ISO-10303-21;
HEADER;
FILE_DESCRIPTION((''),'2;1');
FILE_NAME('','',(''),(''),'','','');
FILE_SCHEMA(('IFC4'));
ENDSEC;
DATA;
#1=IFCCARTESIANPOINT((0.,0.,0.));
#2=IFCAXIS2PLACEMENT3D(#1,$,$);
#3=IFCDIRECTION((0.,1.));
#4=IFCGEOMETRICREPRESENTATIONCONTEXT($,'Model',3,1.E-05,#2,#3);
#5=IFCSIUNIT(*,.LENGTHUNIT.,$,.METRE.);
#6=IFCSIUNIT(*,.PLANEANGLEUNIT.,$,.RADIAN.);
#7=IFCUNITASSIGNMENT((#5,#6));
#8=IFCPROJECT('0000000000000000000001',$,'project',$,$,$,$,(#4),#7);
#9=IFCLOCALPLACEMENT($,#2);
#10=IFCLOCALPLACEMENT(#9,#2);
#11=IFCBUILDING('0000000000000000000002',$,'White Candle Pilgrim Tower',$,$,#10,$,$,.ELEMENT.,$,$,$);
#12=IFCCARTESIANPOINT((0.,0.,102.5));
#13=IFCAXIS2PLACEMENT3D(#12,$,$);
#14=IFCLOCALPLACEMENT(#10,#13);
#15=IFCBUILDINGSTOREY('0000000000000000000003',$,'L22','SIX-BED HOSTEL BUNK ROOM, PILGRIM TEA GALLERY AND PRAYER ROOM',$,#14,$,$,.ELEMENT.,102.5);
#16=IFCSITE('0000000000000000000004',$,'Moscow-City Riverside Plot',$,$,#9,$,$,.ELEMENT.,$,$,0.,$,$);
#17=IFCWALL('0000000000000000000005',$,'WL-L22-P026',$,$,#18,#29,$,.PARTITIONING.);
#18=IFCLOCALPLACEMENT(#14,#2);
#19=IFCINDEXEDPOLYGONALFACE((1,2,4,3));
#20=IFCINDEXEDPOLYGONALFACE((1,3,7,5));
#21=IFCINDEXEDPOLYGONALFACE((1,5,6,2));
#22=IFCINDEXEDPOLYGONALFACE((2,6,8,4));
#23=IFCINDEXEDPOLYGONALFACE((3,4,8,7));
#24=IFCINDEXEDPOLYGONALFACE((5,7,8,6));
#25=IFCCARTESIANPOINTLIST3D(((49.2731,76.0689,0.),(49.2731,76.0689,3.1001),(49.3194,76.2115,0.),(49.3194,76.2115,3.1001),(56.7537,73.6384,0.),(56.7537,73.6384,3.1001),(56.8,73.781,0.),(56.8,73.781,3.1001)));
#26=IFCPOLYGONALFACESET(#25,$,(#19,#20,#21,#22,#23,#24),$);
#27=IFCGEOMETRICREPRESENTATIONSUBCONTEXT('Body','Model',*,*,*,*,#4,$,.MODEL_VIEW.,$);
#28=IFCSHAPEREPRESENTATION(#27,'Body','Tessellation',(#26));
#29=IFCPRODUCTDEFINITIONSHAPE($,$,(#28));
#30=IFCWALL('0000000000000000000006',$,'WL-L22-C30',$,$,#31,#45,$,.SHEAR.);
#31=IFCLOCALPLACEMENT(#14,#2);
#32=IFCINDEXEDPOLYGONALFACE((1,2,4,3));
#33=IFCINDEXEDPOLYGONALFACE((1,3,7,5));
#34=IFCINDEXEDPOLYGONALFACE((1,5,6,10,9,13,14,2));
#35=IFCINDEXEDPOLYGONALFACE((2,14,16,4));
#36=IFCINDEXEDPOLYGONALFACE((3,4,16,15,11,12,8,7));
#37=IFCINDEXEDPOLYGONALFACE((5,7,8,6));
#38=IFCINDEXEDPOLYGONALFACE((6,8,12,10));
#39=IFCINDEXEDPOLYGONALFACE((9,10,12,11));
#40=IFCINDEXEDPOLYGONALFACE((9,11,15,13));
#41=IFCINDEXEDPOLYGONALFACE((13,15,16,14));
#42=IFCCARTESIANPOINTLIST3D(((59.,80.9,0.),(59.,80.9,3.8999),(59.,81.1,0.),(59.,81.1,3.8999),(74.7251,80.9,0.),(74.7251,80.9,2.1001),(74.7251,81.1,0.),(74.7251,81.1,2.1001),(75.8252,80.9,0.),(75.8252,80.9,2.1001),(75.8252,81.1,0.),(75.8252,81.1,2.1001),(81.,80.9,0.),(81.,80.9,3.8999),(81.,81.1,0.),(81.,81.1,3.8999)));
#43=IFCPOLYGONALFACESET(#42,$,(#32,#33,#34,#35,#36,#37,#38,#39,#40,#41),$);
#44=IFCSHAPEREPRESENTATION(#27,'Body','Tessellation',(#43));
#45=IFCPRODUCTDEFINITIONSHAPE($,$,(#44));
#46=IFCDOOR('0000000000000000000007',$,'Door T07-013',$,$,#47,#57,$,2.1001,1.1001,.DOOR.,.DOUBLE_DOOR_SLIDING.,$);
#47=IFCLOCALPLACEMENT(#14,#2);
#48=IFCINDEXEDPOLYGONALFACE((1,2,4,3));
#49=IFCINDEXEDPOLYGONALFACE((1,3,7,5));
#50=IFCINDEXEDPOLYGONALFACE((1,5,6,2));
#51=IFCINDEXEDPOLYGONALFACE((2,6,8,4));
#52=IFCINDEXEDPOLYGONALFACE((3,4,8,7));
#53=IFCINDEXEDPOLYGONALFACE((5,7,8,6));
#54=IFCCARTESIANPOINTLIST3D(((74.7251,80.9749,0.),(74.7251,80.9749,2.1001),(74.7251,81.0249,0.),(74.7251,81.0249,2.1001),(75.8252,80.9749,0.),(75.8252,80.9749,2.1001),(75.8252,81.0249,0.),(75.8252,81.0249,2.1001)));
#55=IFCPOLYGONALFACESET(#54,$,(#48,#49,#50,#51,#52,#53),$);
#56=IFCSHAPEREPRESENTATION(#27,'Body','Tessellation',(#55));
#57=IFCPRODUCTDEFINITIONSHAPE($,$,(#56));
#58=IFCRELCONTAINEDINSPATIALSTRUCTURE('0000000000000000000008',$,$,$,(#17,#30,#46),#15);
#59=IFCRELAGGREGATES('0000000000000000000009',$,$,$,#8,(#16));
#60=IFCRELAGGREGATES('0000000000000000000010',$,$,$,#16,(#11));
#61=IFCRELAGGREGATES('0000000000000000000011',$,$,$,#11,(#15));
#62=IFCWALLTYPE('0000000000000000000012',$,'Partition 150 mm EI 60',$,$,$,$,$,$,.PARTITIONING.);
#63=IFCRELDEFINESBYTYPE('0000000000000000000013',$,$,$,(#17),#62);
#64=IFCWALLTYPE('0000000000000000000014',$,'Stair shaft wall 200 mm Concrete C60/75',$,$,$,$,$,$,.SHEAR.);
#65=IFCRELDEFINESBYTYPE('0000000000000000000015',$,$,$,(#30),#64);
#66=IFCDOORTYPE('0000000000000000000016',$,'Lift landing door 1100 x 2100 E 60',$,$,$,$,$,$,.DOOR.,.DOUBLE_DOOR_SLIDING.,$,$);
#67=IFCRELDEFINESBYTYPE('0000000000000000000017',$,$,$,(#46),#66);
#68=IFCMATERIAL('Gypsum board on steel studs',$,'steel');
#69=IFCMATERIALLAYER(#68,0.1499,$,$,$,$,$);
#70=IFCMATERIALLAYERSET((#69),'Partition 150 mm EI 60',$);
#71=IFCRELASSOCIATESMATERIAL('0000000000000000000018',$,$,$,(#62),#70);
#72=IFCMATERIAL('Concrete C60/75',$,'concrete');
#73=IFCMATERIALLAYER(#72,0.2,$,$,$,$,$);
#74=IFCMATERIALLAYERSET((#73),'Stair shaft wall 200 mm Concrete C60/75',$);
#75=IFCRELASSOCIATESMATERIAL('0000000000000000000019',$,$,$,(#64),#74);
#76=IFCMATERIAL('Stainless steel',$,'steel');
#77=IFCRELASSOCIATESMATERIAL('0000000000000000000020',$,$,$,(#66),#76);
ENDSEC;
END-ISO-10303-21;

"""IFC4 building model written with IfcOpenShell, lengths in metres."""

from ifc_helpers import new_model, si_unit, direction, frame, frame_2d, origin, place, context, subcontext, project, spatial, rectangle, extrude, material, layer, layer_set, type_object, element, fill, save


model = new_model("IFC4")

# Units and contexts
model_context = context("Model", 3, precision=1e-05, world=origin(), true_north=direction((0.0, 1.0)))
body_context = subcontext(model_context, "Body", "Model", "MODEL_VIEW")
ifc_project = project(units=[si_unit("LENGTHUNIT", "METRE"), si_unit("PLANEANGLEUNIT", "RADIAN")], contexts=[model_context])

# Site, building, storey
site_placement = place(None, origin())
site = spatial("IfcSite", under=ifc_project, at=site_placement, Name="Moscow-City Riverside Plot", CompositionType="ELEMENT", RefElevation=0.0)
building_placement = place(site_placement, origin())
building = spatial("IfcBuilding", under=site, at=building_placement, Name="White Candle Pilgrim Tower", CompositionType="ELEMENT")
storey_placement = place(building_placement, frame((0.0, 0.0, 102.5)))
storey = spatial("IfcBuildingStorey", under=building, at=storey_placement, Name="L22", Description="SIX-BED HOSTEL BUNK ROOM, PILGRIM TEA GALLERY AND PRAYER ROOM", CompositionType="ELEMENT", Elevation=102.5)

# Shared definitions
ifc_material_1 = material(Name="Concrete C60/75", Category="concrete")

# Wall
ifc_material_2 = material(Name="Gypsum board on steel studs", Category="steel")
ifc_layer_1 = layer(ifc_material_2, 0.1499)
ifc_layer_set_1 = layer_set([ifc_layer_1], Name="Partition 150 mm EI 60")
wall_type_1 = type_object("IfcWallType", Name="Partition 150 mm EI 60", PredefinedType="PARTITIONING", material=ifc_layer_set_1)
wall_1_placement = place(storey_placement, frame((49.2964, 76.1401, 0.0), z_axis=(0.0, 0.0, 1.0), x_axis=(0.951061, -0.309002, 0.0)))
element("IfcWall", 1, at=wall_1_placement, inside=storey, type_object=wall_type_1, Name="WL-L22-P026", PredefinedType="PARTITIONING", context=body_context, shape_type="SweptSolid", body=[
    extrude(rectangle(XDim=7.8655, YDim=0.1499, at=frame_2d((3.9326, 0.0))), origin(), (0.0, 0.0, 1.0), 3.1001),
])

# Wall, opening, door
ifc_layer_2 = layer(ifc_material_1, 0.2)
ifc_layer_set_2 = layer_set([ifc_layer_2], Name="Stair shaft wall 200 mm Concrete C60/75")
wall_type_2 = type_object("IfcWallType", Name="Stair shaft wall 200 mm Concrete C60/75", PredefinedType="SHEAR", material=ifc_layer_set_2)
wall_2_placement = place(storey_placement, frame((59.0, 81.0, 0.0), z_axis=(0.0, 0.0, 1.0), x_axis=(1.0, 0.0, 0.0)))
wall_2 = element("IfcWall", 2, at=wall_2_placement, inside=storey, type_object=wall_type_2, Name="WL-L22-C30", PredefinedType="SHEAR", context=body_context, shape_type="SweptSolid", body=[
    extrude(rectangle(XDim=22.0, YDim=0.2, at=frame_2d((11.0, 0.0))), origin(), (0.0, 0.0, 1.0), 3.8999),
])
opening_1_placement = place(wall_2_placement, frame((15.7251, 0.0, 0.0)))
opening_1 = element("IfcOpeningElement", 3, at=opening_1_placement, cuts=wall_2, PredefinedType="OPENING", context=body_context, shape_type="SweptSolid", body=[
    extrude(rectangle(XDim=1.1001, YDim=2.1001, at=frame_2d((0.55, 1.05))), frame((0.0, 0.1099, 0.0), z_axis=(0.0, -1.0, 0.0), x_axis=(1.0, 0.0, 0.0)), (0.0, 0.0, 1.0), 0.22),
])
ifc_material_3 = material(Name="Stainless steel", Category="steel")
door_type = type_object("IfcDoorType", Name="Lift landing door 1100 x 2100 E 60", OperationType="DOUBLE_DOOR_SLIDING", PredefinedType="DOOR", material=ifc_material_3)
door_placement = place(opening_1_placement, origin())
door = element("IfcDoor", 4, at=door_placement, inside=storey, type_object=door_type, Name="Door T07-013", OperationType="DOUBLE_DOOR_SLIDING", OverallHeight=2.1001, OverallWidth=1.1001, PredefinedType="DOOR", context=body_context, shape_type="SweptSolid", body=[
    extrude(rectangle(XDim=1.1001, YDim=2.1001, at=frame_2d((0.55, 1.05))), frame((0.0, 0.0249, 0.0), z_axis=(0.0, -1.0, 0.0), x_axis=(1.0, 0.0, 0.0)), (0.0, 0.0, 1.0), 0.05),
])
fill(opening_1, door)

save(model, "model.ifc")
